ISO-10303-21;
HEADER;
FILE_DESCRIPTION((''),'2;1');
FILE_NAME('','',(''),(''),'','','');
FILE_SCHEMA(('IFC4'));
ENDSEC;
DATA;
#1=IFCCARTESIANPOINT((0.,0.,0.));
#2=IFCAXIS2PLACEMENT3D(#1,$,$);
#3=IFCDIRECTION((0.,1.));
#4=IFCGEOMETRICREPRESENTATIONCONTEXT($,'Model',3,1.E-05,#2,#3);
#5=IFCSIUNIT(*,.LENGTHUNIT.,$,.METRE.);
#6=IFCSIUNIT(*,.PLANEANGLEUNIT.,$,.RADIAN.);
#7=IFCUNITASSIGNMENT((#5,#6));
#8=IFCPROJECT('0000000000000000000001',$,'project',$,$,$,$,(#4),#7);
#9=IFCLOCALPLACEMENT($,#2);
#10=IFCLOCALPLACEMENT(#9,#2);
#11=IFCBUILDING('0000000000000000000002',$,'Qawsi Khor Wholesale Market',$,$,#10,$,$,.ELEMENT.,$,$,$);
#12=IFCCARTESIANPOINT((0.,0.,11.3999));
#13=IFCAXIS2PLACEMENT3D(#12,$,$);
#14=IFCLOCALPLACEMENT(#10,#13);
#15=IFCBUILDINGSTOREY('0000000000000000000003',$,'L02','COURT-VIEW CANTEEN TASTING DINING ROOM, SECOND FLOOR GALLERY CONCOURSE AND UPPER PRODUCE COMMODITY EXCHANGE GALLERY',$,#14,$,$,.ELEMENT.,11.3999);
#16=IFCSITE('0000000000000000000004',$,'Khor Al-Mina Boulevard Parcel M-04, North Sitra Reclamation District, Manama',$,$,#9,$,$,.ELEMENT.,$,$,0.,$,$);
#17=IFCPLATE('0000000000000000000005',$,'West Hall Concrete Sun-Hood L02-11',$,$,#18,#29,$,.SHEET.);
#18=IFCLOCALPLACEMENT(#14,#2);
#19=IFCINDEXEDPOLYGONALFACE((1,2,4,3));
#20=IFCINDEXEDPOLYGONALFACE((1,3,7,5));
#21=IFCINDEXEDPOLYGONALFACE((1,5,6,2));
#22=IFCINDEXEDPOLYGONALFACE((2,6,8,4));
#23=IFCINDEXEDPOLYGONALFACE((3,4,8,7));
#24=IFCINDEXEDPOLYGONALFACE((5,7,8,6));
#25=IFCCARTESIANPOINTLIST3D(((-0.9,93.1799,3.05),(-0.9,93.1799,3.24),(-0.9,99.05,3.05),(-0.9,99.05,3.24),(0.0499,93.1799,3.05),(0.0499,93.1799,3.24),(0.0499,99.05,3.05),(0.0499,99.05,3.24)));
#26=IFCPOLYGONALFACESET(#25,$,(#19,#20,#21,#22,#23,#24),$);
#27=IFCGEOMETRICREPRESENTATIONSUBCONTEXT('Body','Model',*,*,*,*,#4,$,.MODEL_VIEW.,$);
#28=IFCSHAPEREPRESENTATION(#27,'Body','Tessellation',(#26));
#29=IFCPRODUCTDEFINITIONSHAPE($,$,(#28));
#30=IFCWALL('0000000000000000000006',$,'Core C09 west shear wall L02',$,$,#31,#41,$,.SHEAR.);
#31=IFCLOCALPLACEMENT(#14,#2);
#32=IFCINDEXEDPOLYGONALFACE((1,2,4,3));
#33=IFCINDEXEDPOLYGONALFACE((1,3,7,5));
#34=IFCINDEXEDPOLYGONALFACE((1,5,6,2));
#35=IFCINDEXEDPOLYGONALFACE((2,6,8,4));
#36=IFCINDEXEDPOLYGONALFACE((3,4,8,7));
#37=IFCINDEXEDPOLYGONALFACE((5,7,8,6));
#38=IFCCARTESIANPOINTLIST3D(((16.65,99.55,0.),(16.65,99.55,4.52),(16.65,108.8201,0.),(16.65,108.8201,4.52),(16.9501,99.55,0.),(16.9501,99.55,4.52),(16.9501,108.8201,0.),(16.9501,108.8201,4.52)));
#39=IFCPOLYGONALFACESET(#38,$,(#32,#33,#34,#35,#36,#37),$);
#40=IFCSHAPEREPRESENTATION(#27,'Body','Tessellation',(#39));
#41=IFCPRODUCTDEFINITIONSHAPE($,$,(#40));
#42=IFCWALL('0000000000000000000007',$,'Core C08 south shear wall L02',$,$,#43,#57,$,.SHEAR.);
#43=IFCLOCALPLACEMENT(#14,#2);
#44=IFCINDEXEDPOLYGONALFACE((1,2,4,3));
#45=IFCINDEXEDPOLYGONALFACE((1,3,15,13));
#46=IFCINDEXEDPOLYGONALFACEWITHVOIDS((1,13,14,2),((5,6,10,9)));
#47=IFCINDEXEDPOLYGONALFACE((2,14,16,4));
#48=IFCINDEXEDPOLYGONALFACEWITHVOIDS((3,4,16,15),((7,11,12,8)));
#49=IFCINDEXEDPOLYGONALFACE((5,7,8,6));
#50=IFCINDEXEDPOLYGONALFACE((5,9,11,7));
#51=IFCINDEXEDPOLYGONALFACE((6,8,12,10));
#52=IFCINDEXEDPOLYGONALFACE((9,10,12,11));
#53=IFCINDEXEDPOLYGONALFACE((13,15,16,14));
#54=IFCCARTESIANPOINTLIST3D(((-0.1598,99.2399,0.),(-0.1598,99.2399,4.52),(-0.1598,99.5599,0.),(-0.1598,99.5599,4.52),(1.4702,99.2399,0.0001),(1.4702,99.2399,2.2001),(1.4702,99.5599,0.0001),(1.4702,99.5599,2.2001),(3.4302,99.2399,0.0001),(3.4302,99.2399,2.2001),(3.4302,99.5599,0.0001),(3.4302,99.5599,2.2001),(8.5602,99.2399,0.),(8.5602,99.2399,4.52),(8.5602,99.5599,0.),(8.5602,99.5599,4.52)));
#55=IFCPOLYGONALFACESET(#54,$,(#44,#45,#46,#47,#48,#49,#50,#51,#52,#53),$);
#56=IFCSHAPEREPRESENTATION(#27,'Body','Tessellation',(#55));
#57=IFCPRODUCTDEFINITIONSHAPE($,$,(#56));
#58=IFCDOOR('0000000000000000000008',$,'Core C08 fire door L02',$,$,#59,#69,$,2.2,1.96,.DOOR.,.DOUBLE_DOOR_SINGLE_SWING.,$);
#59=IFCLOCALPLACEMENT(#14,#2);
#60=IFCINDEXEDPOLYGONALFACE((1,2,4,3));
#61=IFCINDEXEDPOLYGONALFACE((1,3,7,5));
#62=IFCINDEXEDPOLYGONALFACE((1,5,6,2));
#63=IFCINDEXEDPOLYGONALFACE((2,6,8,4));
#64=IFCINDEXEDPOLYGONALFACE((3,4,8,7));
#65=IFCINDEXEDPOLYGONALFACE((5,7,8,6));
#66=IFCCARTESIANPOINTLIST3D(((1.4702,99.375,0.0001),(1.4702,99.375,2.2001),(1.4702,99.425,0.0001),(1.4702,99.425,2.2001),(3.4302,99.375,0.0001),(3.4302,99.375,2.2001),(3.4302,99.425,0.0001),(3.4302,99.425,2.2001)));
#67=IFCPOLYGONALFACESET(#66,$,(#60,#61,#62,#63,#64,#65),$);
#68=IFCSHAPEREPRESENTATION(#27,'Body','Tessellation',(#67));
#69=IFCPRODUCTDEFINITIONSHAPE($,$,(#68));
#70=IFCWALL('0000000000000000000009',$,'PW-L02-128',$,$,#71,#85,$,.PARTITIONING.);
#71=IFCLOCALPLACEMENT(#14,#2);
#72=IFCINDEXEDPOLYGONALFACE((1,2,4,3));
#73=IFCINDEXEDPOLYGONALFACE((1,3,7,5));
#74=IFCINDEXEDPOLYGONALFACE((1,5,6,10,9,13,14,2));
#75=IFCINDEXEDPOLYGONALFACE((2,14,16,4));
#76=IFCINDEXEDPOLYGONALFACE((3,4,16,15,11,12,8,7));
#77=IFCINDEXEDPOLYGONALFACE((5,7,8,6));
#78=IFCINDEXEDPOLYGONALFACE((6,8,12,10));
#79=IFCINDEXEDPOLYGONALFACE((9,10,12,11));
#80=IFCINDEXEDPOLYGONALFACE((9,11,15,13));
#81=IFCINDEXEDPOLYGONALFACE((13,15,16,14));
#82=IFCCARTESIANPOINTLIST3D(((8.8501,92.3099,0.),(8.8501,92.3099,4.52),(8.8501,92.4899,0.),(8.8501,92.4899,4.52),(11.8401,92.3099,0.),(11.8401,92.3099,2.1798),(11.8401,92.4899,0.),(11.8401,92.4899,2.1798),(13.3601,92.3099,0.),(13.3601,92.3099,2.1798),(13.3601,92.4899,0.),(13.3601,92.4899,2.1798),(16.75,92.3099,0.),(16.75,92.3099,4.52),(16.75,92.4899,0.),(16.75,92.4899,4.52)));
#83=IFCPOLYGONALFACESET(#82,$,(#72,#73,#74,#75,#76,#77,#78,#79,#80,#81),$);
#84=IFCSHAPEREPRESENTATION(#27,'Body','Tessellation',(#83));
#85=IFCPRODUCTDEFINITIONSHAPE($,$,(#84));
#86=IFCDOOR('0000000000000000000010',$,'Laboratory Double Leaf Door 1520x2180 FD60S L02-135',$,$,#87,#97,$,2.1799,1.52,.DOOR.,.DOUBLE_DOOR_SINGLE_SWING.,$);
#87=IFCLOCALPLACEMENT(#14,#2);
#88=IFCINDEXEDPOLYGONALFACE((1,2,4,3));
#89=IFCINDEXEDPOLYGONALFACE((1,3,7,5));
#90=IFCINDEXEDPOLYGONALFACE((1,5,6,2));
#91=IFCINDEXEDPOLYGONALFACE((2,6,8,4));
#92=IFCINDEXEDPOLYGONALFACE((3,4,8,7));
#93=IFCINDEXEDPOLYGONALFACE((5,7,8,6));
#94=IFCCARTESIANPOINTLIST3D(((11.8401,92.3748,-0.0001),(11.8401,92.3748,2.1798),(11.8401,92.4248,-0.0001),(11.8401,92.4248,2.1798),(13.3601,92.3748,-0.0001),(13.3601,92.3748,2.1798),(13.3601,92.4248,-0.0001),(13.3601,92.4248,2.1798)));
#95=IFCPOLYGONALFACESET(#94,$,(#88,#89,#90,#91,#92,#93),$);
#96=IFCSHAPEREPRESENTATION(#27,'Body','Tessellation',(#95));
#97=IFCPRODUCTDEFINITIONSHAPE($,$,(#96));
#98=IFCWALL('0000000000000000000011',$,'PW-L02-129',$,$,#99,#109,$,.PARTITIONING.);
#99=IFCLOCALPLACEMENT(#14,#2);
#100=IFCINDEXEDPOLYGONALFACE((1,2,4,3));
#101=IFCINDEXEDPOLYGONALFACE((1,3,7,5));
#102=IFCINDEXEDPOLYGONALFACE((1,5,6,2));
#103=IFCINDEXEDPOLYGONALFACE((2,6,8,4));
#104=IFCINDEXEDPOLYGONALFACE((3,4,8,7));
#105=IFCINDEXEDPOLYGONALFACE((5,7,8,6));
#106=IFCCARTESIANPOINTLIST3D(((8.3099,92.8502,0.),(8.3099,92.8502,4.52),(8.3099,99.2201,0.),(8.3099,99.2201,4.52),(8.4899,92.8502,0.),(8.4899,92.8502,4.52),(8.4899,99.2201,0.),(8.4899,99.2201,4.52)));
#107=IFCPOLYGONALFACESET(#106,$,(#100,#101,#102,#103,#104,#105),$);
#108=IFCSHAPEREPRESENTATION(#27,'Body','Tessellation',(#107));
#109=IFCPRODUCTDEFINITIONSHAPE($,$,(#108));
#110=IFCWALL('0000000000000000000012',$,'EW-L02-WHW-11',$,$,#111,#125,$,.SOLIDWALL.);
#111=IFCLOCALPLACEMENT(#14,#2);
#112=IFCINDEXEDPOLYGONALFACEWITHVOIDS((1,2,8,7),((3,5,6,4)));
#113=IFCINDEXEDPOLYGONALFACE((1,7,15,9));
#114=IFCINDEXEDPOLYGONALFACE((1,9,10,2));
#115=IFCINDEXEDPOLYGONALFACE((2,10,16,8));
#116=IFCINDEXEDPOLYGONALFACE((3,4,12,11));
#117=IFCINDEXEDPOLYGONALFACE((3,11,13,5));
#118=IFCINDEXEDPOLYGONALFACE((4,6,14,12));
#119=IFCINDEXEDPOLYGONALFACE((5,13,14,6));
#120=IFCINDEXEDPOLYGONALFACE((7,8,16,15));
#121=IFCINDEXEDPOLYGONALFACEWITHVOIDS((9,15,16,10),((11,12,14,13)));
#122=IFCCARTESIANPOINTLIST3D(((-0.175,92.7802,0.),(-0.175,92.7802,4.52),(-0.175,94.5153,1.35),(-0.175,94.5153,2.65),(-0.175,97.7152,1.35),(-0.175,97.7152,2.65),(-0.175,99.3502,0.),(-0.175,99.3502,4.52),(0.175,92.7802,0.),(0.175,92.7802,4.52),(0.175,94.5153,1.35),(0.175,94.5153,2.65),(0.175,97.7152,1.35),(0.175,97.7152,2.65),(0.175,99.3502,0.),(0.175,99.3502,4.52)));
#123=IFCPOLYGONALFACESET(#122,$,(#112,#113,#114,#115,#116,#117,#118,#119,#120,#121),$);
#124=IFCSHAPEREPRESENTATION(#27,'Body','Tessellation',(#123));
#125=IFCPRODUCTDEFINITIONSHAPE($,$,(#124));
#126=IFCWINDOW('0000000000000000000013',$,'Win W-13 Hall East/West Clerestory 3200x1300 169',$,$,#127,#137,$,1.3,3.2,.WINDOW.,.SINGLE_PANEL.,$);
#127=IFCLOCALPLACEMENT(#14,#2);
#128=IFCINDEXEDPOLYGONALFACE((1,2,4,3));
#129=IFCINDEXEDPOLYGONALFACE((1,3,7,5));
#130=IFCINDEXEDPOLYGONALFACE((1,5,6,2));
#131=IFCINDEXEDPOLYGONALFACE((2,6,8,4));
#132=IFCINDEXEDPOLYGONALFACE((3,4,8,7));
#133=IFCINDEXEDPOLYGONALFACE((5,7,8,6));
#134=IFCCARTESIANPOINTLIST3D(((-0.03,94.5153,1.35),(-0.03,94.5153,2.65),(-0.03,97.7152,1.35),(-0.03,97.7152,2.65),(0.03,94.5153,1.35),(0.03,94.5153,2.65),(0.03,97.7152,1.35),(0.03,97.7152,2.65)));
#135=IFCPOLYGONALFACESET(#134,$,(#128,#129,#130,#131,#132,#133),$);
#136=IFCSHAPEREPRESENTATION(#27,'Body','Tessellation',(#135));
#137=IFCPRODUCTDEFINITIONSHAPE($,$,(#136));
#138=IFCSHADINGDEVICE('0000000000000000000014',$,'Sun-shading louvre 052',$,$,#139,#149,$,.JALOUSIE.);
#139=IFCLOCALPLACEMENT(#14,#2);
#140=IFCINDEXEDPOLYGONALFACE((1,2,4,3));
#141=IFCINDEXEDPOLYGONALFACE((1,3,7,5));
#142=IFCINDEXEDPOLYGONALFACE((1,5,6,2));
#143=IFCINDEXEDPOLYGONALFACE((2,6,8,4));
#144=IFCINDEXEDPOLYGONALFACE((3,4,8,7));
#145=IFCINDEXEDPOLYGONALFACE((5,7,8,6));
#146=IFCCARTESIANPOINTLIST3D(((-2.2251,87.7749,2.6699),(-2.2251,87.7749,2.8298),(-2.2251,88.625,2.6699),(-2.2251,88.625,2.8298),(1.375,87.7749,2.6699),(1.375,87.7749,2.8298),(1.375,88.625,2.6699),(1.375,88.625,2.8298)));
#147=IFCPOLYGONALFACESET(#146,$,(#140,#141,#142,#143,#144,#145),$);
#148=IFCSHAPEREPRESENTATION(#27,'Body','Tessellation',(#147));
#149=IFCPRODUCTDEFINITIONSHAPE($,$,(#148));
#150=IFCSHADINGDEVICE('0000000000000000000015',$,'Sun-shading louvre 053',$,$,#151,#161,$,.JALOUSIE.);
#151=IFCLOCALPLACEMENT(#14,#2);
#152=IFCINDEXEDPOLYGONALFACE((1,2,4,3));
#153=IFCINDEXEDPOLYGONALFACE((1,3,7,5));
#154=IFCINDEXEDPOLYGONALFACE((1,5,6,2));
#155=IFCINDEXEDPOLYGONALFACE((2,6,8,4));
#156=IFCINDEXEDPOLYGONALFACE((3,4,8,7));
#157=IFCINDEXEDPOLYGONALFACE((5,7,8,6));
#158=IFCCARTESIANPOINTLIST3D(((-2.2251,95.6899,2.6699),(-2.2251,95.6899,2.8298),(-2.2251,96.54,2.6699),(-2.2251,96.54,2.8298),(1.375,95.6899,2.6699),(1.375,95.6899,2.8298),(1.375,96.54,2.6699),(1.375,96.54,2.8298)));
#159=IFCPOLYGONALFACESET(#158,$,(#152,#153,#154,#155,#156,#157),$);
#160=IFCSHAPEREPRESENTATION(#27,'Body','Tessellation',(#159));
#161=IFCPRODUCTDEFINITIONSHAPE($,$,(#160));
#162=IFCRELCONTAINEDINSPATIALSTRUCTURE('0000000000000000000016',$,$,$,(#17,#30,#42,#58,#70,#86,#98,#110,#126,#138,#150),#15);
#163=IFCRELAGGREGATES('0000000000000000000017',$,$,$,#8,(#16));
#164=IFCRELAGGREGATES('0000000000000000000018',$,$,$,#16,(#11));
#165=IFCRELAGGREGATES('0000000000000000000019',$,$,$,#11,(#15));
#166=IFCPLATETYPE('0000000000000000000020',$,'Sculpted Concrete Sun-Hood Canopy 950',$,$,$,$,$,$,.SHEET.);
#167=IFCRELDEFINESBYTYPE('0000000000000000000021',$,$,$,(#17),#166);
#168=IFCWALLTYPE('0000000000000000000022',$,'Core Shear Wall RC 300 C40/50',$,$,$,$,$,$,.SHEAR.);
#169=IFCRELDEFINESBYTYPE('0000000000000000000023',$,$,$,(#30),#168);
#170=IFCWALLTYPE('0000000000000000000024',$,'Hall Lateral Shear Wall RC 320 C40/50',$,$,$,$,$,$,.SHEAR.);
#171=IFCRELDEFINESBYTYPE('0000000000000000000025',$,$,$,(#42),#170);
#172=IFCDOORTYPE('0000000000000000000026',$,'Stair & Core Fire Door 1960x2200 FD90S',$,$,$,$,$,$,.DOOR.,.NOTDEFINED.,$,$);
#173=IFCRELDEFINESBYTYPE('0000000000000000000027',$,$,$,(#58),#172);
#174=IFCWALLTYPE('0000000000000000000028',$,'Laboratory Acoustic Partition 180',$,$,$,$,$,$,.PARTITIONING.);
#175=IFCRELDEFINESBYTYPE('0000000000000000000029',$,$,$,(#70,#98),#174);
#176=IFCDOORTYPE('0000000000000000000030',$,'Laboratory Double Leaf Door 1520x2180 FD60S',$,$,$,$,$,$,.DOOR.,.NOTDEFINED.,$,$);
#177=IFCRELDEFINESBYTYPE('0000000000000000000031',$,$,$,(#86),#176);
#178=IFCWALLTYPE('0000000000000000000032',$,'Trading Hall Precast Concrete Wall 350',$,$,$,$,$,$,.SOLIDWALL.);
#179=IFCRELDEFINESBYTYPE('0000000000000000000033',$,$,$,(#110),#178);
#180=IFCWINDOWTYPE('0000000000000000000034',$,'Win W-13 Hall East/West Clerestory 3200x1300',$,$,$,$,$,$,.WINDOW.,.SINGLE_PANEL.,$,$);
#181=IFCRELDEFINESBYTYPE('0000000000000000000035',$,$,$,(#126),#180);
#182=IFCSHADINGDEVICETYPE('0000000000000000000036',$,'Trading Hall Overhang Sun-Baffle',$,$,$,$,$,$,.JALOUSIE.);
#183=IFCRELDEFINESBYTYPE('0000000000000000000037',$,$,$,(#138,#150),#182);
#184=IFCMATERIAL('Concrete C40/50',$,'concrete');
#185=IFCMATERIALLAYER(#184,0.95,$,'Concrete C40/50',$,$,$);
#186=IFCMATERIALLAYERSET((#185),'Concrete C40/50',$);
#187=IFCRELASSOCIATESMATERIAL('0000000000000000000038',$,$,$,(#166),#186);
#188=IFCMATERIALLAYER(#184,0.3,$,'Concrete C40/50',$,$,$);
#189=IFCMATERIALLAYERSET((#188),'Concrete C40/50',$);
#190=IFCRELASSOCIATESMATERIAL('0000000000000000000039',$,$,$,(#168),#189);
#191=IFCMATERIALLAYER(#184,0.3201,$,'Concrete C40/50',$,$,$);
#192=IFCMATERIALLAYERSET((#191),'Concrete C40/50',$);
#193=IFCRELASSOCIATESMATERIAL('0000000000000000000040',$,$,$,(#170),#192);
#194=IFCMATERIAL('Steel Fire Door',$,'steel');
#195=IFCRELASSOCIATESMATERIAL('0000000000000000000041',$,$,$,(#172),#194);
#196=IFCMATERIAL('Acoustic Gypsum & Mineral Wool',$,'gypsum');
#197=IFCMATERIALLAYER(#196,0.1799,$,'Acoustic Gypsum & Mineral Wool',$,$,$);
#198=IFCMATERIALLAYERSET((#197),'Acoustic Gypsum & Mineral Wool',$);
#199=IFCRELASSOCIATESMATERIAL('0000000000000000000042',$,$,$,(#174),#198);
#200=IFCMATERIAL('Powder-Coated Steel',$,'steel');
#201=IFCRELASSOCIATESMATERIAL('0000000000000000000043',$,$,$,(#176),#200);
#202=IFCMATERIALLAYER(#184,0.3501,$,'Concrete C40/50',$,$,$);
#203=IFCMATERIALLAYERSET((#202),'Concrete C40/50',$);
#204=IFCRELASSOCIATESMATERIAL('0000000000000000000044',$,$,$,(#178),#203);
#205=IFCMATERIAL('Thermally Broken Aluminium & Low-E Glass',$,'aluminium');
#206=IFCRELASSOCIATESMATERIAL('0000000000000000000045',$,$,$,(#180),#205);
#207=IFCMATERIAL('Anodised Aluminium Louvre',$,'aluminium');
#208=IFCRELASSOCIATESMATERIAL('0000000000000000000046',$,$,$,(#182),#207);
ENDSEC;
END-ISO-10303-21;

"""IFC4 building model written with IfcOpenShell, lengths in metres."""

from ifc_helpers import new_model, si_unit, direction, frame, frame_2d, origin, origin_2d, place, context, subcontext, project, spatial, rectangle, extrude, material, layer, layer_set, type_object, element, fill, save


model = new_model("IFC4")

# Units and contexts
model_context = context("Model", 3, precision=1e-05, world=origin(), true_north=direction((0.0, 1.0)))
body_context = subcontext(model_context, "Body", "Model", "MODEL_VIEW")
ifc_project = project(units=[si_unit("LENGTHUNIT", "METRE"), si_unit("PLANEANGLEUNIT", "RADIAN")], contexts=[model_context])

# Site, building, storey
site_placement = place(None, origin())
site = spatial("IfcSite", under=ifc_project, at=site_placement, Name="Khor Al-Mina Boulevard Parcel M-04, North Sitra Reclamation District, Manama", CompositionType="ELEMENT", RefElevation=0.0)
building_placement = place(site_placement, origin())
building = spatial("IfcBuilding", under=site, at=building_placement, Name="Qawsi Khor Wholesale Market", CompositionType="ELEMENT")
storey_placement = place(building_placement, frame((0.0, 0.0, 11.3999)))
storey = spatial("IfcBuildingStorey", under=building, at=storey_placement, Name="L02", Description="COURT-VIEW CANTEEN TASTING DINING ROOM, SECOND FLOOR GALLERY CONCOURSE AND UPPER PRODUCE COMMODITY EXCHANGE GALLERY", CompositionType="ELEMENT", Elevation=11.3999)

# Shared definitions
ifc_material_1 = material(Name="Concrete C40/50", Category="concrete")

# Plate
ifc_layer_1 = layer(ifc_material_1, 0.95, Name="Concrete C40/50")
ifc_layer_set_1 = layer_set([ifc_layer_1], Name="Concrete C40/50")
plate_type_1 = type_object("IfcPlateType", Name="Sculpted Concrete Sun-Hood Canopy 950", PredefinedType="SHEET", material=ifc_layer_set_1)
plate_1_placement = place(storey_placement, frame((-0.425, 93.1799, 3.05), z_axis=(0.0, 0.0, 1.0), x_axis=(0.0, 1.0, 0.0)))
element("IfcPlate", 1, at=plate_1_placement, inside=storey, type_object=plate_type_1, Name="West Hall Concrete Sun-Hood L02-11", PredefinedType="SHEET", context=body_context, shape_type="SweptSolid", body=[
    extrude(rectangle(XDim=5.8701, YDim=0.95, at=frame_2d((2.9351, 0.0))), origin(), (0.0, 0.0, 1.0), 0.1899),
])

# Wall
ifc_layer_2 = layer(ifc_material_1, 0.3, Name="Concrete C40/50")
ifc_layer_set_2 = layer_set([ifc_layer_2], Name="Concrete C40/50")
wall_type_1 = type_object("IfcWallType", Name="Core Shear Wall RC 300 C40/50", PredefinedType="SHEAR", material=ifc_layer_set_2)
wall_1_placement = place(storey_placement, frame((16.8, 99.55, 0.0), z_axis=(0.0, 0.0, 1.0), x_axis=(0.0, 1.0, 0.0)))
element("IfcWall", 2, at=wall_1_placement, inside=storey, type_object=wall_type_1, Name="Core C09 west shear wall L02", PredefinedType="SHEAR", context=body_context, shape_type="SweptSolid", body=[
    extrude(rectangle(XDim=9.27, YDim=0.3, at=frame_2d((4.635, 0.0))), origin(), (0.0, 0.0, 1.0), 4.52),
])

# Walls, openings, doors
ifc_layer_3 = layer(ifc_material_1, 0.3201, Name="Concrete C40/50")
ifc_layer_set_3 = layer_set([ifc_layer_3], Name="Concrete C40/50")
wall_type_2 = type_object("IfcWallType", Name="Hall Lateral Shear Wall RC 320 C40/50", PredefinedType="SHEAR", material=ifc_layer_set_3)
wall_2_placement = place(storey_placement, frame((8.5601, 99.3999, 0.0), z_axis=(0.0, 0.0, 1.0), x_axis=(-1.0, 0.0, 0.0)))
wall_2 = element("IfcWall", 3, at=wall_2_placement, inside=storey, type_object=wall_type_2, Name="Core C08 south shear wall L02", PredefinedType="SHEAR", context=body_context, shape_type="SweptSolid", body=[
    extrude(rectangle(XDim=8.72, YDim=0.3201, at=frame_2d((4.3599, 0.0))), origin(), (0.0, 0.0, 1.0), 4.52),
])
opening_1_placement = place(wall_2_placement, frame((5.1299, 0.0, 0.0)))
opening_1 = element("IfcOpeningElement", 4, at=opening_1_placement, cuts=wall_2, PredefinedType="OPENING", context=body_context, shape_type="SweptSolid", body=[
    extrude(rectangle(XDim=1.96, YDim=2.2, at=frame_2d((0.98, 1.1001))), frame((0.0, 0.1699, 0.0), z_axis=(0.0, -1.0, 0.0), x_axis=(1.0, 0.0, 0.0)), (0.0, 0.0, 1.0), 0.3401),
])
ifc_material_2 = material(Name="Steel Fire Door", Category="steel")
door_type_1 = type_object("IfcDoorType", Name="Stair & Core Fire Door 1960x2200 FD90S", OperationType="NOTDEFINED", PredefinedType="DOOR", material=ifc_material_2)
door_1_placement = place(opening_1_placement, origin())
door_1 = element("IfcDoor", 5, at=door_1_placement, inside=storey, type_object=door_type_1, Name="Core C08 fire door L02", OperationType="DOUBLE_DOOR_SINGLE_SWING", OverallHeight=2.2, OverallWidth=1.96, PredefinedType="DOOR", context=body_context, shape_type="SweptSolid", body=[
    extrude(rectangle(XDim=1.96, YDim=2.2, at=frame_2d((0.98, 1.1001))), frame((0.0, 0.0249, 0.0), z_axis=(0.0, -1.0, 0.0), x_axis=(1.0, 0.0, 0.0)), (0.0, 0.0, 1.0), 0.05),
])
fill(opening_1, door_1)
ifc_material_3 = material(Name="Acoustic Gypsum & Mineral Wool", Category="gypsum")
ifc_layer_4 = layer(ifc_material_3, 0.1799, Name="Acoustic Gypsum & Mineral Wool")
ifc_layer_set_4 = layer_set([ifc_layer_4], Name="Acoustic Gypsum & Mineral Wool")
wall_type_3 = type_object("IfcWallType", Name="Laboratory Acoustic Partition 180", PredefinedType="PARTITIONING", material=ifc_layer_set_4)
wall_3_placement = place(storey_placement, frame((8.8501, 92.3999, 0.0), z_axis=(0.0, 0.0, 1.0), x_axis=(1.0, 0.0, 0.0)))
wall_3 = element("IfcWall", 6, at=wall_3_placement, inside=storey, type_object=wall_type_3, Name="PW-L02-128", PredefinedType="PARTITIONING", context=body_context, shape_type="SweptSolid", body=[
    extrude(rectangle(XDim=7.8999, YDim=0.1799, at=frame_2d((3.95, 0.0))), origin(), (0.0, 0.0, 1.0), 4.52),
])
opening_2_placement = place(wall_3_placement, frame((2.99, 0.0, 0.0)))
opening_2 = element("IfcOpeningElement", 7, at=opening_2_placement, cuts=wall_3, PredefinedType="OPENING", context=body_context, shape_type="SweptSolid", body=[
    extrude(rectangle(XDim=1.52, YDim=2.1799, at=frame_2d((0.76, 1.0898))), frame((0.0, 0.0999, 0.0), z_axis=(0.0, -1.0, 0.0), x_axis=(1.0, 0.0, 0.0)), (0.0, 0.0, 1.0), 0.2),
])
ifc_material_4 = material(Name="Powder-Coated Steel", Category="steel")
door_type_2 = type_object("IfcDoorType", Name="Laboratory Double Leaf Door 1520x2180 FD60S", OperationType="NOTDEFINED", PredefinedType="DOOR", material=ifc_material_4)
door_2_placement = place(opening_2_placement, origin())
door_2 = element("IfcDoor", 8, at=door_2_placement, inside=storey, type_object=door_type_2, Name="Laboratory Double Leaf Door 1520x2180 FD60S L02-135", OperationType="DOUBLE_DOOR_SINGLE_SWING", OverallHeight=2.1799, OverallWidth=1.52, PredefinedType="DOOR", context=body_context, shape_type="SweptSolid", body=[
    extrude(rectangle(XDim=1.52, YDim=2.1799, at=frame_2d((0.76, 1.0898))), frame((0.0, 0.0249, 0.0), z_axis=(0.0, -1.0, 0.0), x_axis=(1.0, 0.0, 0.0)), (0.0, 0.0, 1.0), 0.05),
])
fill(opening_2, door_2)

# Wall
wall_4_placement = place(storey_placement, frame((8.3999, 92.8501, 0.0), z_axis=(0.0, 0.0, 1.0), x_axis=(0.0, 1.0, 0.0)))
element("IfcWall", 9, at=wall_4_placement, inside=storey, type_object=wall_type_3, Name="PW-L02-129", PredefinedType="PARTITIONING", context=body_context, shape_type="SweptSolid", body=[
    extrude(rectangle(XDim=6.3699, YDim=0.1799, at=frame_2d((3.1851, 0.0))), origin(), (0.0, 0.0, 1.0), 4.52),
])

# Wall, opening, window
ifc_layer_5 = layer(ifc_material_1, 0.3501, Name="Concrete C40/50")
ifc_layer_set_5 = layer_set([ifc_layer_5], Name="Concrete C40/50")
wall_type_4 = type_object("IfcWallType", Name="Trading Hall Precast Concrete Wall 350", PredefinedType="SOLIDWALL", material=ifc_layer_set_5)
wall_5_placement = place(storey_placement, frame((0.0, 92.78, 0.0), z_axis=(0.0, 0.0, 1.0), x_axis=(0.0, 1.0, 0.0)))
wall_5 = element("IfcWall", 10, at=wall_5_placement, inside=storey, type_object=wall_type_4, Name="EW-L02-WHW-11", PredefinedType="SOLIDWALL", context=body_context, shape_type="SweptSolid", body=[
    extrude(rectangle(XDim=6.5701, YDim=0.3501, at=frame_2d((3.2852, 0.0))), origin(), (0.0, 0.0, 1.0), 4.52),
])
opening_3_placement = place(wall_5_placement, frame((1.7351, 0.0, 1.3501)))
opening_3 = element("IfcOpeningElement", 11, at=opening_3_placement, cuts=wall_5, PredefinedType="OPENING", context=body_context, shape_type="SweptSolid", body=[
    extrude(rectangle(XDim=3.2, YDim=1.3, at=frame_2d((1.6001, 0.6499))), frame((0.0, 0.1851, 0.0), z_axis=(0.0, -1.0, 0.0), x_axis=(1.0, 0.0, 0.0)), (0.0, 0.0, 1.0), 0.3701),
])
ifc_material_5 = material(Name="Thermally Broken Aluminium & Low-E Glass", Category="aluminium")
window_type = type_object("IfcWindowType", Name="Win W-13 Hall East/West Clerestory 3200x1300", PartitioningType="SINGLE_PANEL", PredefinedType="WINDOW", material=ifc_material_5)
window_placement = place(opening_3_placement, origin())
window = element("IfcWindow", 12, at=window_placement, inside=storey, type_object=window_type, Name="Win W-13 Hall East/West Clerestory 3200x1300 169", OverallHeight=1.3, OverallWidth=3.2, PartitioningType="SINGLE_PANEL", PredefinedType="WINDOW", context=body_context, shape_type="SweptSolid", body=[
    extrude(rectangle(XDim=3.2, YDim=1.3, at=frame_2d((1.6001, 0.6499))), frame((0.0, 0.03, 0.0), z_axis=(0.0, -1.0, 0.0), x_axis=(1.0, 0.0, 0.0)), (0.0, 0.0, 1.0), 0.0601),
])
fill(opening_3, window)

# Shading devices
ifc_material_6 = material(Name="Anodised Aluminium Louvre", Category="aluminium")
shading_device_type = type_object("IfcShadingDeviceType", Name="Trading Hall Overhang Sun-Baffle", PredefinedType="JALOUSIE", material=ifc_material_6)
for number, where, z_axis, x_axis, name in (
    (13, (-0.425, 88.2, 2.6699), (0.0, 0.0, 1.0), (1.0, 0.0, 0.0), "Sun-shading louvre 052"),
    (14, (-0.425, 96.115, 2.6699), (0.0, 0.0, 1.0), (1.0, 0.0, 0.0), "Sun-shading louvre 053"),
):
    element("IfcShadingDevice", number, at=place(storey_placement, frame(where, z_axis=z_axis, x_axis=x_axis)), inside=storey, type_object=shading_device_type, Name=name, PredefinedType="JALOUSIE", context=body_context, shape_type="SweptSolid", body=[
        extrude(rectangle(XDim=3.6001, YDim=0.8501, at=origin_2d()), origin(), (0.0, 0.0, 1.0), 0.1599),
    ])

save(model, "model.ifc")
